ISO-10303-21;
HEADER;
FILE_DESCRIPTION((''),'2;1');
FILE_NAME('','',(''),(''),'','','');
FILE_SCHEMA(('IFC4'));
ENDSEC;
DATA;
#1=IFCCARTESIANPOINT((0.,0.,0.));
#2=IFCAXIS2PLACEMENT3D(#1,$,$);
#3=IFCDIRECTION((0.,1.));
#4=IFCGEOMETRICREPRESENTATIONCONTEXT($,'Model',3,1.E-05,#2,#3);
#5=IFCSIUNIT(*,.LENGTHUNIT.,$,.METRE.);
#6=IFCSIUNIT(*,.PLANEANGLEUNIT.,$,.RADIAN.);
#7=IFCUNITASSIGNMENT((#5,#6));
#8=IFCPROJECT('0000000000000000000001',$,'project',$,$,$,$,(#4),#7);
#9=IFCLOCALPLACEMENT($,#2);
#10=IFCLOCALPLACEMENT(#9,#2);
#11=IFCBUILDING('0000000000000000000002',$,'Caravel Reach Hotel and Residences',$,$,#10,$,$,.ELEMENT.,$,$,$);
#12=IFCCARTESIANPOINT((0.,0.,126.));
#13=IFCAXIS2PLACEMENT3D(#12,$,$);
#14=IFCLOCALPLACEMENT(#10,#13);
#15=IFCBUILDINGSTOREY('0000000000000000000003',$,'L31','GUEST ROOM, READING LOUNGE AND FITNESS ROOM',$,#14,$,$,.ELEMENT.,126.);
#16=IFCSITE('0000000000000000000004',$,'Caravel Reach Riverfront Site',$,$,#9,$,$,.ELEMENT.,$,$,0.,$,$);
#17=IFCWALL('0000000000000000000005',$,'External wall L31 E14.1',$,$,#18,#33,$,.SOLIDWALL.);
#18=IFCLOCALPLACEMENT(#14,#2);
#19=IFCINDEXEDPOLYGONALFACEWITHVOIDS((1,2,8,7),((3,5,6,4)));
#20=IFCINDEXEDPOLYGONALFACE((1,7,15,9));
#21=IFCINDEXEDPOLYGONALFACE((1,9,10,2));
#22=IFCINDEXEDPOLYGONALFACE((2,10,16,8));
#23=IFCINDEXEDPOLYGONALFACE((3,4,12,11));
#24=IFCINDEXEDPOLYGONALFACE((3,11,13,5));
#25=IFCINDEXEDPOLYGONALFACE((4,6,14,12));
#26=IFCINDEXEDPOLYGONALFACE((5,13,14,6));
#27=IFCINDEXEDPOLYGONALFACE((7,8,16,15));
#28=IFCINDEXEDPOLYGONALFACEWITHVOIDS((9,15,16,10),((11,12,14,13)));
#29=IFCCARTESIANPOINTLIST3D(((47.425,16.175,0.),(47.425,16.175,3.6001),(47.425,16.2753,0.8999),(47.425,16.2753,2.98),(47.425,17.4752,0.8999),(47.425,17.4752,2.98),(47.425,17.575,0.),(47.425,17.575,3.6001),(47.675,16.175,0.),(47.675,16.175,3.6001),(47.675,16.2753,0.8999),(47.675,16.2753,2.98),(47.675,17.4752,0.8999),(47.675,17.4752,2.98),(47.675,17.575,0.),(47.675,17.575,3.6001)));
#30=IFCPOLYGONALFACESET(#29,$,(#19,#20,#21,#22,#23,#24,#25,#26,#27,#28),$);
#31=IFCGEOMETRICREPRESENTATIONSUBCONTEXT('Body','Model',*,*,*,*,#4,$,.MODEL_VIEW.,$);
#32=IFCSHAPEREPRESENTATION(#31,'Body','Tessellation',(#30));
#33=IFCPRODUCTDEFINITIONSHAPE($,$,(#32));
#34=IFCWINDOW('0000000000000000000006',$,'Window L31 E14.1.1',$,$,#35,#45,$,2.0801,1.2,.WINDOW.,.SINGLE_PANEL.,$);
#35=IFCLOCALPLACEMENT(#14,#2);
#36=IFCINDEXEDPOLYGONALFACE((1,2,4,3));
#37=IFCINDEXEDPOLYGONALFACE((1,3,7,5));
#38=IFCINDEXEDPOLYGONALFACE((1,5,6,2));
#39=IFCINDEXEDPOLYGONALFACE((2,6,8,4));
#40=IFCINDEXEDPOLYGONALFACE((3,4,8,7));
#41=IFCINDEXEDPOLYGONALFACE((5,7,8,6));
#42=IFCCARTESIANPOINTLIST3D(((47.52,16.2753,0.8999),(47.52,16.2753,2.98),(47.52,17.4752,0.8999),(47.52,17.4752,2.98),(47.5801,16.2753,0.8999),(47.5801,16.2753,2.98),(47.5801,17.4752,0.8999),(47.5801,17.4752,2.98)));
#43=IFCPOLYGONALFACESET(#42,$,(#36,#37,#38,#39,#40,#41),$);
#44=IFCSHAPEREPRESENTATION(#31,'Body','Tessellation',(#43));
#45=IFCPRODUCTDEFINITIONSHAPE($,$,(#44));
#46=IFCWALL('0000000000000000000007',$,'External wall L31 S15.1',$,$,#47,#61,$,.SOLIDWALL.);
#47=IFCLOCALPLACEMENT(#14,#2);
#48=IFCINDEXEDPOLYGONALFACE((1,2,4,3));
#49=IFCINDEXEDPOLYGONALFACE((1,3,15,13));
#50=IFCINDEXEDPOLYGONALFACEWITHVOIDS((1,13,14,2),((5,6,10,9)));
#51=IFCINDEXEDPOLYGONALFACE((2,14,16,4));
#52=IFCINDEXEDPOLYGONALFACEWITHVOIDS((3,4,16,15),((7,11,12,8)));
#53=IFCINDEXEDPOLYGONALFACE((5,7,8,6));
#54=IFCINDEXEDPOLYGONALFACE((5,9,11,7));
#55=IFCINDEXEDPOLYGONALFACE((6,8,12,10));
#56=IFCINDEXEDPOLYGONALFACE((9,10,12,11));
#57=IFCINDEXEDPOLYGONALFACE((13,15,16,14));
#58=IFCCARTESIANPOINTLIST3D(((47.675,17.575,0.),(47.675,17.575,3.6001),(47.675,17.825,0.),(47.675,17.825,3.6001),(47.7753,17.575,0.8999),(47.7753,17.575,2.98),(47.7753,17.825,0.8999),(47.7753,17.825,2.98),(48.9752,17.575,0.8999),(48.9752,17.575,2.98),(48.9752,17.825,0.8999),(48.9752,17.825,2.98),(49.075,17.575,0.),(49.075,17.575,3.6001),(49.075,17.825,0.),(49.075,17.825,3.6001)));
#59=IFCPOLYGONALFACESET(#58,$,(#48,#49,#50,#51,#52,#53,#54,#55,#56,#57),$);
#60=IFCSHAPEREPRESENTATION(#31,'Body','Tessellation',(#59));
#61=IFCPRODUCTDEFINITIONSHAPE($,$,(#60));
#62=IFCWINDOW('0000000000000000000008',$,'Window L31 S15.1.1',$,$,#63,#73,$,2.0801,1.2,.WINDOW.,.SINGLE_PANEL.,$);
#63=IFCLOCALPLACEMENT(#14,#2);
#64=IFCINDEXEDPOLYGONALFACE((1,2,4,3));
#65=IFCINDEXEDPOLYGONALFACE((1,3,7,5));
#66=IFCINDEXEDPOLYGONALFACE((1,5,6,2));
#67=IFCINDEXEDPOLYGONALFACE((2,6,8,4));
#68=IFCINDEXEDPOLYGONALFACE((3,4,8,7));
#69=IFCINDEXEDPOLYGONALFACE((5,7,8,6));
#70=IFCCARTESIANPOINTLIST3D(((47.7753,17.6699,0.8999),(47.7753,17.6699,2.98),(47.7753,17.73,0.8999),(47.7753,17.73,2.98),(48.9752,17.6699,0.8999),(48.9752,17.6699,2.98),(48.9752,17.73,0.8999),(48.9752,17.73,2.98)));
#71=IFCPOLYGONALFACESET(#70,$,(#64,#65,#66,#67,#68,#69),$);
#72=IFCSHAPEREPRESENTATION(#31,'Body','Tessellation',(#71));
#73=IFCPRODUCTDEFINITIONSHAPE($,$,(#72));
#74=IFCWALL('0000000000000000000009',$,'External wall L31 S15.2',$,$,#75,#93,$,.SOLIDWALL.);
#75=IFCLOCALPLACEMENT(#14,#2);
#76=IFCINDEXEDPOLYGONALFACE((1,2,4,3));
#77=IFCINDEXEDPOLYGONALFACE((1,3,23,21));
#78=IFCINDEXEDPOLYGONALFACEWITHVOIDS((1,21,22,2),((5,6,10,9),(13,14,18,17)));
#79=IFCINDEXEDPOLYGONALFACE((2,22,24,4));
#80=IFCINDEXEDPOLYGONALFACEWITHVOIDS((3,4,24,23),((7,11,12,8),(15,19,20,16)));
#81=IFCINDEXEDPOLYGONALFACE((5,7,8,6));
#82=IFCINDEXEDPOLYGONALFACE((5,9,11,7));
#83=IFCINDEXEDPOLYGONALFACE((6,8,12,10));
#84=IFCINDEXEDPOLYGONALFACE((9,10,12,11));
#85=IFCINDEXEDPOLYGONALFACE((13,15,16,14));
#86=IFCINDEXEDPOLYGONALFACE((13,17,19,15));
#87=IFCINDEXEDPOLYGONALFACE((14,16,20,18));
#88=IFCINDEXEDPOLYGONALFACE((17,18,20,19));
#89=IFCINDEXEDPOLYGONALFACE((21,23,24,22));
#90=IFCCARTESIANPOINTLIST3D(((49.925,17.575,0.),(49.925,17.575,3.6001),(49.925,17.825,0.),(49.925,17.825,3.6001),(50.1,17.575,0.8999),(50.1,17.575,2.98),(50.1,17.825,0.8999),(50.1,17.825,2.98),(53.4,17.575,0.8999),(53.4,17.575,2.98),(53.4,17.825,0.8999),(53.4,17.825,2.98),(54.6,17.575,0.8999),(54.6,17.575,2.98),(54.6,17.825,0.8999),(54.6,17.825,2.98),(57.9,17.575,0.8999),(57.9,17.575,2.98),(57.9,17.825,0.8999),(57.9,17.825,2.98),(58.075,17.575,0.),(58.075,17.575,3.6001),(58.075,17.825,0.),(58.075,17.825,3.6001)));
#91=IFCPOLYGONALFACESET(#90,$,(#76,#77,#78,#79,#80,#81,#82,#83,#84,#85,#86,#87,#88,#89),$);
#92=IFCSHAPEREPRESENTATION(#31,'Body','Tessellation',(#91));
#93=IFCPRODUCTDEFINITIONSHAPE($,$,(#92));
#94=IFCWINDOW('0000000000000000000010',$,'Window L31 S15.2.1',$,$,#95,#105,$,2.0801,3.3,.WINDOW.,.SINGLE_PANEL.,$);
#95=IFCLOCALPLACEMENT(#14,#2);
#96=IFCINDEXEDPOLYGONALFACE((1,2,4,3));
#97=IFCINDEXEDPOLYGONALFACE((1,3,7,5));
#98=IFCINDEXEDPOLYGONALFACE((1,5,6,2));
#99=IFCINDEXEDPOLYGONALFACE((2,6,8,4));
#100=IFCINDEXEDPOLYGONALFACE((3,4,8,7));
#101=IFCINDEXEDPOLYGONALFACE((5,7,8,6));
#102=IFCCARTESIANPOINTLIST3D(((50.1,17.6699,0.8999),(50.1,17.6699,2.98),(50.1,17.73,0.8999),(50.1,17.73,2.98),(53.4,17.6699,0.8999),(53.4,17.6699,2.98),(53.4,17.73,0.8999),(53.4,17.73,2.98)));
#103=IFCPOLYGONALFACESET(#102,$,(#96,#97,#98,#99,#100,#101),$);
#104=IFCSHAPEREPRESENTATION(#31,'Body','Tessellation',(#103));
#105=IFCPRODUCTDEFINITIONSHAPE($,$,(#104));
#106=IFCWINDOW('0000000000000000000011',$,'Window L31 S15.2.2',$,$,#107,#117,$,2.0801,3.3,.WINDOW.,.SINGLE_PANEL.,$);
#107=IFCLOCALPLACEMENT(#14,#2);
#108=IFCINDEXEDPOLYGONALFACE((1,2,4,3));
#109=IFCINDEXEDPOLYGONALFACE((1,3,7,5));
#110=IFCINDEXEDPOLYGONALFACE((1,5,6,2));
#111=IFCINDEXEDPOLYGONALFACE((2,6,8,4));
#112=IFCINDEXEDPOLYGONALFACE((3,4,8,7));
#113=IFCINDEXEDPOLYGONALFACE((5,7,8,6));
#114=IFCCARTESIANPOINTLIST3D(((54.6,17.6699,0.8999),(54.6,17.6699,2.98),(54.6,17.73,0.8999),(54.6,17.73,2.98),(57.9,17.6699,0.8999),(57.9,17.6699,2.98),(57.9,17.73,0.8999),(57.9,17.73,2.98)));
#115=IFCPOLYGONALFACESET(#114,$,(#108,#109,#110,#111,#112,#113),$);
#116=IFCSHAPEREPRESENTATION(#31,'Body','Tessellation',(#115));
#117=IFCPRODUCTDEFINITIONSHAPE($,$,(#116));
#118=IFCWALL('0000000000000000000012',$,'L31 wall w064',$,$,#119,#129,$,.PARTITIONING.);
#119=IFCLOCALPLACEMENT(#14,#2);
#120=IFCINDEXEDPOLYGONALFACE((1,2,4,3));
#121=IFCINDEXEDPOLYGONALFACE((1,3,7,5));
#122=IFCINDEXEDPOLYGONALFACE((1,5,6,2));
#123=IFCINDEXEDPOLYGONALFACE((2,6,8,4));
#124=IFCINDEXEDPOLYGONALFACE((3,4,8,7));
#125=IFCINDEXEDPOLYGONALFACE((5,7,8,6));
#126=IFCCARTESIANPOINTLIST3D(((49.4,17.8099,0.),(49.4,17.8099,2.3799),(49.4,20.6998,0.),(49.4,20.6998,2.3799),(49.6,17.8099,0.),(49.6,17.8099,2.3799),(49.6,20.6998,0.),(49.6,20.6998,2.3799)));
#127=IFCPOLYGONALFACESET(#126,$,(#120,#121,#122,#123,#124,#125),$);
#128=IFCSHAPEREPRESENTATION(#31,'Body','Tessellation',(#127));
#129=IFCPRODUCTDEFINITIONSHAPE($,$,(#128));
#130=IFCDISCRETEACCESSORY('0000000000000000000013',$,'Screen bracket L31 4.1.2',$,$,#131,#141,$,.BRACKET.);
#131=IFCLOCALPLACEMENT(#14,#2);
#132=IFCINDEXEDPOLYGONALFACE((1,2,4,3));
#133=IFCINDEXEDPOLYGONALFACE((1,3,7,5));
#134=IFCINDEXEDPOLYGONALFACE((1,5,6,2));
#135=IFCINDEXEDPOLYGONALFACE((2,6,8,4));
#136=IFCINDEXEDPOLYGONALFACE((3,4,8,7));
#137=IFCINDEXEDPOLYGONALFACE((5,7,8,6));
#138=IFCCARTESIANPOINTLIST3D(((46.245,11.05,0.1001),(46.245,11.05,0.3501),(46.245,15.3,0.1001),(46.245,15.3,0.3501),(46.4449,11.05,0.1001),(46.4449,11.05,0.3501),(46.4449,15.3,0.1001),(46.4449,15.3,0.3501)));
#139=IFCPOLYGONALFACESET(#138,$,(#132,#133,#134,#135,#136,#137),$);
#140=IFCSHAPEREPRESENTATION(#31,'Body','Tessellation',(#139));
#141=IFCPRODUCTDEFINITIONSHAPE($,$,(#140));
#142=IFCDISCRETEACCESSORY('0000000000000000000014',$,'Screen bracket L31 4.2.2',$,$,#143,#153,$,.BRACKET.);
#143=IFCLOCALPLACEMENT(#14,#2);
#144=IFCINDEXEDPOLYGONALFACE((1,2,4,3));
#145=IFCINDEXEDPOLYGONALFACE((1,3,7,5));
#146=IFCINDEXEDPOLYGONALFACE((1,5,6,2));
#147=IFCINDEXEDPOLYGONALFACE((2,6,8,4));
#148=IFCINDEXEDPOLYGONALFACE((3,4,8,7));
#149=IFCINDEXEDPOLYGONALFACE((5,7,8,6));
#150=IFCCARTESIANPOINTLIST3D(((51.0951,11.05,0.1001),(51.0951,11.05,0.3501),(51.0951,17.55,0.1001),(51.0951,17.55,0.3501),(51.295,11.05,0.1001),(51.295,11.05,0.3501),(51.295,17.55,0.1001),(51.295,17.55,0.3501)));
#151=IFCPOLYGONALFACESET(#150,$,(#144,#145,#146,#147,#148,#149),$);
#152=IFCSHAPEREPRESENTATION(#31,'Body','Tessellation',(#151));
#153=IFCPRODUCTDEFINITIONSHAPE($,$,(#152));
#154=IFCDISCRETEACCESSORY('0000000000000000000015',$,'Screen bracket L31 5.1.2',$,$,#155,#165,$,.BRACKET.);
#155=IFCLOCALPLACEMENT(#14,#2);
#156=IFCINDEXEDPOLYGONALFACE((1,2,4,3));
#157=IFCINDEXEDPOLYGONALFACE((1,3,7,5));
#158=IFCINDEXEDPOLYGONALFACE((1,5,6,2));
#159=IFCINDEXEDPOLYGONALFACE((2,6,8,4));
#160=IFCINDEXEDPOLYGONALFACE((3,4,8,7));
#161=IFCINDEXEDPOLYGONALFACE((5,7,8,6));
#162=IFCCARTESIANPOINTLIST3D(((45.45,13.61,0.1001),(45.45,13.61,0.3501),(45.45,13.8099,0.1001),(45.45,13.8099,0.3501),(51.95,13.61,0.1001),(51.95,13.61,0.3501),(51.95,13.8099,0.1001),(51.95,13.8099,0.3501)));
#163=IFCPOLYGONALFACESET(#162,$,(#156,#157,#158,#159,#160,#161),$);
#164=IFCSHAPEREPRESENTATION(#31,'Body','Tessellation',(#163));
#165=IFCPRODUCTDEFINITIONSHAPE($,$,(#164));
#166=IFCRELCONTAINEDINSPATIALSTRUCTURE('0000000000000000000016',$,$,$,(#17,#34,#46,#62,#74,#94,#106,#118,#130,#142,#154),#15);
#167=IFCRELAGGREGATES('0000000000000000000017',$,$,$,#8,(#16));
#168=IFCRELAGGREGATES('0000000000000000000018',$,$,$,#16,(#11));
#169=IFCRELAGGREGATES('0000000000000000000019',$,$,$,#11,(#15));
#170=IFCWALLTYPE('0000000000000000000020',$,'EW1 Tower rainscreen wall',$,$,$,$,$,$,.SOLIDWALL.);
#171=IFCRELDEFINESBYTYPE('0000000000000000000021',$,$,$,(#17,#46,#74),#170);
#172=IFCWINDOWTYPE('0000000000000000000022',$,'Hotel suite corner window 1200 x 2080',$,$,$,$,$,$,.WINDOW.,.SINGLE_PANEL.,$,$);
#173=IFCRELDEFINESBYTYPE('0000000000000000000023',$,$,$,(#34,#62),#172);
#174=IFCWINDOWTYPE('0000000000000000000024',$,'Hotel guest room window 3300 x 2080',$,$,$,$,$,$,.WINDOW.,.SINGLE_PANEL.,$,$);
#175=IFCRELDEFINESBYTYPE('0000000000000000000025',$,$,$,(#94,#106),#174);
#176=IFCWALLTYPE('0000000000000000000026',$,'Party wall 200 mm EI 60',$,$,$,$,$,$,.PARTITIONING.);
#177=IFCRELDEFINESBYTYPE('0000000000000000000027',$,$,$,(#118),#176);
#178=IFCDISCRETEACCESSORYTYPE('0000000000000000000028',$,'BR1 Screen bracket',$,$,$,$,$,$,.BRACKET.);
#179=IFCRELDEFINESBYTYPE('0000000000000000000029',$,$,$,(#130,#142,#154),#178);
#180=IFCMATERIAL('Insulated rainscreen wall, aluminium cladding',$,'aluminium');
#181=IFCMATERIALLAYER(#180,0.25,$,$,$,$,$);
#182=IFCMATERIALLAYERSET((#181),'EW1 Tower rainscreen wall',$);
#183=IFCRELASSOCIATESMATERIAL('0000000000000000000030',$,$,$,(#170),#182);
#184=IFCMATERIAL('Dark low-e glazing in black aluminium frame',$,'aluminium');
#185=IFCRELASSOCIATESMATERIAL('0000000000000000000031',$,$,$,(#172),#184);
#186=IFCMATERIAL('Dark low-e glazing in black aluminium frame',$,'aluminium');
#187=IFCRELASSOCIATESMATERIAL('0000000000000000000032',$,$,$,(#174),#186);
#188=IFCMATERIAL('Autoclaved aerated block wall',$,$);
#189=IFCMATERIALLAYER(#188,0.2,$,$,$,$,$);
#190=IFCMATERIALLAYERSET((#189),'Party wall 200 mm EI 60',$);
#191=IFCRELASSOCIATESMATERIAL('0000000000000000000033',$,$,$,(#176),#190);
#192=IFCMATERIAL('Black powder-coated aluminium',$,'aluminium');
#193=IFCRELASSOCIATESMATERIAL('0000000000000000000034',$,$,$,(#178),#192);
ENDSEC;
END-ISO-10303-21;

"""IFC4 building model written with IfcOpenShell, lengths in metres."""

from ifc_helpers import new_model, si_unit, direction, frame, frame_2d, origin, origin_2d, place, context, subcontext, project, spatial, rectangle, extrude, material, layer, layer_set, type_object, element, fill, save


model = new_model("IFC4")

# Units and contexts
model_context = context("Model", 3, precision=1e-05, world=origin(), true_north=direction((0.0, 1.0)))
body_context = subcontext(model_context, "Body", "Model", "MODEL_VIEW")
ifc_project = project(units=[si_unit("LENGTHUNIT", "METRE"), si_unit("PLANEANGLEUNIT", "RADIAN")], contexts=[model_context])

# Site, building, storey
site_placement = place(None, origin())
site = spatial("IfcSite", under=ifc_project, at=site_placement, Name="Caravel Reach Riverfront Site", CompositionType="ELEMENT", RefElevation=0.0)
building_placement = place(site_placement, origin())
building = spatial("IfcBuilding", under=site, at=building_placement, Name="Caravel Reach Hotel and Residences", CompositionType="ELEMENT")
storey_placement = place(building_placement, frame((0.0, 0.0, 126.0)))
storey = spatial("IfcBuildingStorey", under=building, at=storey_placement, Name="L31", Description="GUEST ROOM, READING LOUNGE AND FITNESS ROOM", CompositionType="ELEMENT", Elevation=126.0)

# Walls, openings, windows
ifc_material_1 = material(Name="Insulated rainscreen wall, aluminium cladding", Category="aluminium")
ifc_layer_1 = layer(ifc_material_1, 0.25)
ifc_layer_set_1 = layer_set([ifc_layer_1], Name="EW1 Tower rainscreen wall")
wall_type_1 = type_object("IfcWallType", Name="EW1 Tower rainscreen wall", PredefinedType="SOLIDWALL", material=ifc_layer_set_1)
ifc_material_2 = material(Name="Dark low-e glazing in black aluminium frame", Category="aluminium")
window_type_1 = type_object("IfcWindowType", Name="Hotel suite corner window 1200 x 2080", PartitioningType="SINGLE_PANEL", PredefinedType="WINDOW", material=ifc_material_2)
wall_1_placement = place(storey_placement, frame((47.55, 16.175, 0.0), z_axis=(0.0, 0.0, 1.0), x_axis=(0.0, 1.0, 0.0)))
wall_1 = element("IfcWall", 1, at=wall_1_placement, inside=storey, type_object=wall_type_1, Name="External wall L31 E14.1", PredefinedType="SOLIDWALL", context=body_context, shape_type="SweptSolid", body=[
    extrude(rectangle(XDim=1.3999, YDim=0.25, at=frame_2d((0.7, 0.0))), origin(), (0.0, 0.0, 1.0), 3.6001),
])
opening_1_placement = place(wall_1_placement, frame((0.1001, 0.0, 0.8999)))
opening_1 = element("IfcOpeningElement", 2, at=opening_1_placement, cuts=wall_1, PredefinedType="OPENING", context=body_context, shape_type="SweptSolid", body=[
    extrude(rectangle(XDim=1.2, YDim=2.0801, at=frame_2d((0.6001, 1.04))), frame((0.0, 0.135, 0.0), z_axis=(0.0, -1.0, 0.0), x_axis=(1.0, 0.0, 0.0)), (0.0, 0.0, 1.0), 0.27),
])
window_1_placement = place(opening_1_placement, origin())
window_1 = element("IfcWindow", 3, at=window_1_placement, inside=storey, type_object=window_type_1, Name="Window L31 E14.1.1", OverallHeight=2.0801, OverallWidth=1.2, PartitioningType="SINGLE_PANEL", PredefinedType="WINDOW", context=body_context, shape_type="SweptSolid", body=[
    extrude(rectangle(XDim=1.2, YDim=2.0801, at=frame_2d((0.6001, 1.04))), frame((0.0, 0.03, 0.0), z_axis=(0.0, -1.0, 0.0), x_axis=(1.0, 0.0, 0.0)), (0.0, 0.0, 1.0), 0.0601),
])
fill(opening_1, window_1)
wall_2_placement = place(storey_placement, frame((47.675, 17.7, 0.0), z_axis=(0.0, 0.0, 1.0), x_axis=(1.0, 0.0, 0.0)))
wall_2 = element("IfcWall", 4, at=wall_2_placement, inside=storey, type_object=wall_type_1, Name="External wall L31 S15.1", PredefinedType="SOLIDWALL", context=body_context, shape_type="SweptSolid", body=[
    extrude(rectangle(XDim=1.3999, YDim=0.25, at=frame_2d((0.7, 0.0))), origin(), (0.0, 0.0, 1.0), 3.6001),
])
opening_2_placement = place(wall_2_placement, frame((0.1001, 0.0, 0.8999)))
opening_2 = element("IfcOpeningElement", 5, at=opening_2_placement, cuts=wall_2, PredefinedType="OPENING", context=body_context, shape_type="SweptSolid", body=[
    extrude(rectangle(XDim=1.2, YDim=2.0801, at=frame_2d((0.6001, 1.04))), frame((0.0, 0.135, 0.0), z_axis=(0.0, -1.0, 0.0), x_axis=(1.0, 0.0, 0.0)), (0.0, 0.0, 1.0), 0.27),
])
window_2_placement = place(opening_2_placement, origin())
window_2 = element("IfcWindow", 6, at=window_2_placement, inside=storey, type_object=window_type_1, Name="Window L31 S15.1.1", OverallHeight=2.0801, OverallWidth=1.2, PartitioningType="SINGLE_PANEL", PredefinedType="WINDOW", context=body_context, shape_type="SweptSolid", body=[
    extrude(rectangle(XDim=1.2, YDim=2.0801, at=frame_2d((0.6001, 1.04))), frame((0.0, 0.03, 0.0), z_axis=(0.0, -1.0, 0.0), x_axis=(1.0, 0.0, 0.0)), (0.0, 0.0, 1.0), 0.0601),
])
fill(opening_2, window_2)

# Wall, openings, windows
wall_3_placement = place(storey_placement, frame((49.925, 17.7, 0.0), z_axis=(0.0, 0.0, 1.0), x_axis=(1.0, 0.0, 0.0)))
wall_3 = element("IfcWall", 7, at=wall_3_placement, inside=storey, type_object=wall_type_1, Name="External wall L31 S15.2", PredefinedType="SOLIDWALL", context=body_context, shape_type="SweptSolid", body=[
    extrude(rectangle(XDim=8.1499, YDim=0.25, at=frame_2d((4.075, 0.0))), origin(), (0.0, 0.0, 1.0), 3.6001),
])
opening_3_placement = place(wall_3_placement, frame((0.175, 0.0, 0.8999)))
opening_3 = element("IfcOpeningElement", 8, at=opening_3_placement, cuts=wall_3, PredefinedType="OPENING", context=body_context, shape_type="SweptSolid", body=[
    extrude(rectangle(XDim=3.3, YDim=2.0801, at=frame_2d((1.6499, 1.04))), frame((0.0, 0.135, 0.0), z_axis=(0.0, -1.0, 0.0), x_axis=(1.0, 0.0, 0.0)), (0.0, 0.0, 1.0), 0.27),
])
opening_4_placement = place(wall_3_placement, frame((4.675, 0.0, 0.8999)))
opening_4 = element("IfcOpeningElement", 9, at=opening_4_placement, cuts=wall_3, PredefinedType="OPENING", context=body_context, shape_type="SweptSolid", body=[
    extrude(rectangle(XDim=3.3, YDim=2.0801, at=frame_2d((1.6499, 1.04))), frame((0.0, 0.135, 0.0), z_axis=(0.0, -1.0, 0.0), x_axis=(1.0, 0.0, 0.0)), (0.0, 0.0, 1.0), 0.27),
])
ifc_material_3 = material(Name="Dark low-e glazing in black aluminium frame", Category="aluminium")
window_type_2 = type_object("IfcWindowType", Name="Hotel guest room window 3300 x 2080", PartitioningType="SINGLE_PANEL", PredefinedType="WINDOW", material=ifc_material_3)
window_3_placement = place(opening_3_placement, origin())
window_3 = element("IfcWindow", 10, at=window_3_placement, inside=storey, type_object=window_type_2, Name="Window L31 S15.2.1", OverallHeight=2.0801, OverallWidth=3.3, PartitioningType="SINGLE_PANEL", PredefinedType="WINDOW", context=body_context, shape_type="SweptSolid", body=[
    extrude(rectangle(XDim=3.3, YDim=2.0801, at=frame_2d((1.6499, 1.04))), frame((0.0, 0.03, 0.0), z_axis=(0.0, -1.0, 0.0), x_axis=(1.0, 0.0, 0.0)), (0.0, 0.0, 1.0), 0.0601),
])
fill(opening_3, window_3)
window_4_placement = place(opening_4_placement, origin())
window_4 = element("IfcWindow", 11, at=window_4_placement, inside=storey, type_object=window_type_2, Name="Window L31 S15.2.2", OverallHeight=2.0801, OverallWidth=3.3, PartitioningType="SINGLE_PANEL", PredefinedType="WINDOW", context=body_context, shape_type="SweptSolid", body=[
    extrude(rectangle(XDim=3.3, YDim=2.0801, at=frame_2d((1.6499, 1.04))), frame((0.0, 0.03, 0.0), z_axis=(0.0, -1.0, 0.0), x_axis=(1.0, 0.0, 0.0)), (0.0, 0.0, 1.0), 0.0601),
])
fill(opening_4, window_4)

# Wall
ifc_material_4 = material(Name="Autoclaved aerated block wall")
ifc_layer_2 = layer(ifc_material_4, 0.2)
ifc_layer_set_2 = layer_set([ifc_layer_2], Name="Party wall 200 mm EI 60")
wall_type_2 = type_object("IfcWallType", Name="Party wall 200 mm EI 60", PredefinedType="PARTITIONING", material=ifc_layer_set_2)
wall_4_placement = place(storey_placement, frame((49.5, 17.8101, 0.0), z_axis=(0.0, 0.0, 1.0), x_axis=(0.0, 1.0, 0.0)))
element("IfcWall", 12, at=wall_4_placement, inside=storey, type_object=wall_type_2, Name="L31 wall w064", PredefinedType="PARTITIONING", context=body_context, shape_type="SweptSolid", body=[
    extrude(rectangle(XDim=2.8899, YDim=0.2, at=frame_2d((1.4448, 0.0))), origin(), (0.0, 0.0, 1.0), 2.3799),
])

# Discrete accessories
ifc_material_5 = material(Name="Black powder-coated aluminium", Category="aluminium")
discrete_accessory_type = type_object("IfcDiscreteAccessoryType", Name="BR1 Screen bracket", PredefinedType="BRACKET", material=ifc_material_5)
discrete_accessory_placement = place(storey_placement, frame((46.345, 13.175, 0.1001), z_axis=(0.0, 0.0, 1.0), x_axis=(0.0, -1.0, 0.0)))
element("IfcDiscreteAccessory", 13, at=discrete_accessory_placement, inside=storey, type_object=discrete_accessory_type, Name="Screen bracket L31 4.1.2", PredefinedType="BRACKET", context=body_context, shape_type="SweptSolid", body=[
    extrude(rectangle(XDim=4.25, YDim=0.2, at=origin_2d()), origin(), (0.0, 0.0, 1.0), 0.25),
])
for number, where, z_axis, x_axis, name in (
    (14, (51.1951, 14.3, 0.1001), (0.0, 0.0, 1.0), (0.0, -1.0, 0.0), "Screen bracket L31 4.2.2"),
    (15, (48.7, 13.71, 0.1001), (0.0, 0.0, 1.0), (1.0, 0.0, 0.0), "Screen bracket L31 5.1.2"),
):
    element("IfcDiscreteAccessory", number, at=place(storey_placement, frame(where, z_axis=z_axis, x_axis=x_axis)), inside=storey, type_object=discrete_accessory_type, Name=name, PredefinedType="BRACKET", context=body_context, shape_type="SweptSolid", body=[
        extrude(rectangle(XDim=6.5, YDim=0.2, at=origin_2d()), origin(), (0.0, 0.0, 1.0), 0.25),
    ])

save(model, "model.ifc")
